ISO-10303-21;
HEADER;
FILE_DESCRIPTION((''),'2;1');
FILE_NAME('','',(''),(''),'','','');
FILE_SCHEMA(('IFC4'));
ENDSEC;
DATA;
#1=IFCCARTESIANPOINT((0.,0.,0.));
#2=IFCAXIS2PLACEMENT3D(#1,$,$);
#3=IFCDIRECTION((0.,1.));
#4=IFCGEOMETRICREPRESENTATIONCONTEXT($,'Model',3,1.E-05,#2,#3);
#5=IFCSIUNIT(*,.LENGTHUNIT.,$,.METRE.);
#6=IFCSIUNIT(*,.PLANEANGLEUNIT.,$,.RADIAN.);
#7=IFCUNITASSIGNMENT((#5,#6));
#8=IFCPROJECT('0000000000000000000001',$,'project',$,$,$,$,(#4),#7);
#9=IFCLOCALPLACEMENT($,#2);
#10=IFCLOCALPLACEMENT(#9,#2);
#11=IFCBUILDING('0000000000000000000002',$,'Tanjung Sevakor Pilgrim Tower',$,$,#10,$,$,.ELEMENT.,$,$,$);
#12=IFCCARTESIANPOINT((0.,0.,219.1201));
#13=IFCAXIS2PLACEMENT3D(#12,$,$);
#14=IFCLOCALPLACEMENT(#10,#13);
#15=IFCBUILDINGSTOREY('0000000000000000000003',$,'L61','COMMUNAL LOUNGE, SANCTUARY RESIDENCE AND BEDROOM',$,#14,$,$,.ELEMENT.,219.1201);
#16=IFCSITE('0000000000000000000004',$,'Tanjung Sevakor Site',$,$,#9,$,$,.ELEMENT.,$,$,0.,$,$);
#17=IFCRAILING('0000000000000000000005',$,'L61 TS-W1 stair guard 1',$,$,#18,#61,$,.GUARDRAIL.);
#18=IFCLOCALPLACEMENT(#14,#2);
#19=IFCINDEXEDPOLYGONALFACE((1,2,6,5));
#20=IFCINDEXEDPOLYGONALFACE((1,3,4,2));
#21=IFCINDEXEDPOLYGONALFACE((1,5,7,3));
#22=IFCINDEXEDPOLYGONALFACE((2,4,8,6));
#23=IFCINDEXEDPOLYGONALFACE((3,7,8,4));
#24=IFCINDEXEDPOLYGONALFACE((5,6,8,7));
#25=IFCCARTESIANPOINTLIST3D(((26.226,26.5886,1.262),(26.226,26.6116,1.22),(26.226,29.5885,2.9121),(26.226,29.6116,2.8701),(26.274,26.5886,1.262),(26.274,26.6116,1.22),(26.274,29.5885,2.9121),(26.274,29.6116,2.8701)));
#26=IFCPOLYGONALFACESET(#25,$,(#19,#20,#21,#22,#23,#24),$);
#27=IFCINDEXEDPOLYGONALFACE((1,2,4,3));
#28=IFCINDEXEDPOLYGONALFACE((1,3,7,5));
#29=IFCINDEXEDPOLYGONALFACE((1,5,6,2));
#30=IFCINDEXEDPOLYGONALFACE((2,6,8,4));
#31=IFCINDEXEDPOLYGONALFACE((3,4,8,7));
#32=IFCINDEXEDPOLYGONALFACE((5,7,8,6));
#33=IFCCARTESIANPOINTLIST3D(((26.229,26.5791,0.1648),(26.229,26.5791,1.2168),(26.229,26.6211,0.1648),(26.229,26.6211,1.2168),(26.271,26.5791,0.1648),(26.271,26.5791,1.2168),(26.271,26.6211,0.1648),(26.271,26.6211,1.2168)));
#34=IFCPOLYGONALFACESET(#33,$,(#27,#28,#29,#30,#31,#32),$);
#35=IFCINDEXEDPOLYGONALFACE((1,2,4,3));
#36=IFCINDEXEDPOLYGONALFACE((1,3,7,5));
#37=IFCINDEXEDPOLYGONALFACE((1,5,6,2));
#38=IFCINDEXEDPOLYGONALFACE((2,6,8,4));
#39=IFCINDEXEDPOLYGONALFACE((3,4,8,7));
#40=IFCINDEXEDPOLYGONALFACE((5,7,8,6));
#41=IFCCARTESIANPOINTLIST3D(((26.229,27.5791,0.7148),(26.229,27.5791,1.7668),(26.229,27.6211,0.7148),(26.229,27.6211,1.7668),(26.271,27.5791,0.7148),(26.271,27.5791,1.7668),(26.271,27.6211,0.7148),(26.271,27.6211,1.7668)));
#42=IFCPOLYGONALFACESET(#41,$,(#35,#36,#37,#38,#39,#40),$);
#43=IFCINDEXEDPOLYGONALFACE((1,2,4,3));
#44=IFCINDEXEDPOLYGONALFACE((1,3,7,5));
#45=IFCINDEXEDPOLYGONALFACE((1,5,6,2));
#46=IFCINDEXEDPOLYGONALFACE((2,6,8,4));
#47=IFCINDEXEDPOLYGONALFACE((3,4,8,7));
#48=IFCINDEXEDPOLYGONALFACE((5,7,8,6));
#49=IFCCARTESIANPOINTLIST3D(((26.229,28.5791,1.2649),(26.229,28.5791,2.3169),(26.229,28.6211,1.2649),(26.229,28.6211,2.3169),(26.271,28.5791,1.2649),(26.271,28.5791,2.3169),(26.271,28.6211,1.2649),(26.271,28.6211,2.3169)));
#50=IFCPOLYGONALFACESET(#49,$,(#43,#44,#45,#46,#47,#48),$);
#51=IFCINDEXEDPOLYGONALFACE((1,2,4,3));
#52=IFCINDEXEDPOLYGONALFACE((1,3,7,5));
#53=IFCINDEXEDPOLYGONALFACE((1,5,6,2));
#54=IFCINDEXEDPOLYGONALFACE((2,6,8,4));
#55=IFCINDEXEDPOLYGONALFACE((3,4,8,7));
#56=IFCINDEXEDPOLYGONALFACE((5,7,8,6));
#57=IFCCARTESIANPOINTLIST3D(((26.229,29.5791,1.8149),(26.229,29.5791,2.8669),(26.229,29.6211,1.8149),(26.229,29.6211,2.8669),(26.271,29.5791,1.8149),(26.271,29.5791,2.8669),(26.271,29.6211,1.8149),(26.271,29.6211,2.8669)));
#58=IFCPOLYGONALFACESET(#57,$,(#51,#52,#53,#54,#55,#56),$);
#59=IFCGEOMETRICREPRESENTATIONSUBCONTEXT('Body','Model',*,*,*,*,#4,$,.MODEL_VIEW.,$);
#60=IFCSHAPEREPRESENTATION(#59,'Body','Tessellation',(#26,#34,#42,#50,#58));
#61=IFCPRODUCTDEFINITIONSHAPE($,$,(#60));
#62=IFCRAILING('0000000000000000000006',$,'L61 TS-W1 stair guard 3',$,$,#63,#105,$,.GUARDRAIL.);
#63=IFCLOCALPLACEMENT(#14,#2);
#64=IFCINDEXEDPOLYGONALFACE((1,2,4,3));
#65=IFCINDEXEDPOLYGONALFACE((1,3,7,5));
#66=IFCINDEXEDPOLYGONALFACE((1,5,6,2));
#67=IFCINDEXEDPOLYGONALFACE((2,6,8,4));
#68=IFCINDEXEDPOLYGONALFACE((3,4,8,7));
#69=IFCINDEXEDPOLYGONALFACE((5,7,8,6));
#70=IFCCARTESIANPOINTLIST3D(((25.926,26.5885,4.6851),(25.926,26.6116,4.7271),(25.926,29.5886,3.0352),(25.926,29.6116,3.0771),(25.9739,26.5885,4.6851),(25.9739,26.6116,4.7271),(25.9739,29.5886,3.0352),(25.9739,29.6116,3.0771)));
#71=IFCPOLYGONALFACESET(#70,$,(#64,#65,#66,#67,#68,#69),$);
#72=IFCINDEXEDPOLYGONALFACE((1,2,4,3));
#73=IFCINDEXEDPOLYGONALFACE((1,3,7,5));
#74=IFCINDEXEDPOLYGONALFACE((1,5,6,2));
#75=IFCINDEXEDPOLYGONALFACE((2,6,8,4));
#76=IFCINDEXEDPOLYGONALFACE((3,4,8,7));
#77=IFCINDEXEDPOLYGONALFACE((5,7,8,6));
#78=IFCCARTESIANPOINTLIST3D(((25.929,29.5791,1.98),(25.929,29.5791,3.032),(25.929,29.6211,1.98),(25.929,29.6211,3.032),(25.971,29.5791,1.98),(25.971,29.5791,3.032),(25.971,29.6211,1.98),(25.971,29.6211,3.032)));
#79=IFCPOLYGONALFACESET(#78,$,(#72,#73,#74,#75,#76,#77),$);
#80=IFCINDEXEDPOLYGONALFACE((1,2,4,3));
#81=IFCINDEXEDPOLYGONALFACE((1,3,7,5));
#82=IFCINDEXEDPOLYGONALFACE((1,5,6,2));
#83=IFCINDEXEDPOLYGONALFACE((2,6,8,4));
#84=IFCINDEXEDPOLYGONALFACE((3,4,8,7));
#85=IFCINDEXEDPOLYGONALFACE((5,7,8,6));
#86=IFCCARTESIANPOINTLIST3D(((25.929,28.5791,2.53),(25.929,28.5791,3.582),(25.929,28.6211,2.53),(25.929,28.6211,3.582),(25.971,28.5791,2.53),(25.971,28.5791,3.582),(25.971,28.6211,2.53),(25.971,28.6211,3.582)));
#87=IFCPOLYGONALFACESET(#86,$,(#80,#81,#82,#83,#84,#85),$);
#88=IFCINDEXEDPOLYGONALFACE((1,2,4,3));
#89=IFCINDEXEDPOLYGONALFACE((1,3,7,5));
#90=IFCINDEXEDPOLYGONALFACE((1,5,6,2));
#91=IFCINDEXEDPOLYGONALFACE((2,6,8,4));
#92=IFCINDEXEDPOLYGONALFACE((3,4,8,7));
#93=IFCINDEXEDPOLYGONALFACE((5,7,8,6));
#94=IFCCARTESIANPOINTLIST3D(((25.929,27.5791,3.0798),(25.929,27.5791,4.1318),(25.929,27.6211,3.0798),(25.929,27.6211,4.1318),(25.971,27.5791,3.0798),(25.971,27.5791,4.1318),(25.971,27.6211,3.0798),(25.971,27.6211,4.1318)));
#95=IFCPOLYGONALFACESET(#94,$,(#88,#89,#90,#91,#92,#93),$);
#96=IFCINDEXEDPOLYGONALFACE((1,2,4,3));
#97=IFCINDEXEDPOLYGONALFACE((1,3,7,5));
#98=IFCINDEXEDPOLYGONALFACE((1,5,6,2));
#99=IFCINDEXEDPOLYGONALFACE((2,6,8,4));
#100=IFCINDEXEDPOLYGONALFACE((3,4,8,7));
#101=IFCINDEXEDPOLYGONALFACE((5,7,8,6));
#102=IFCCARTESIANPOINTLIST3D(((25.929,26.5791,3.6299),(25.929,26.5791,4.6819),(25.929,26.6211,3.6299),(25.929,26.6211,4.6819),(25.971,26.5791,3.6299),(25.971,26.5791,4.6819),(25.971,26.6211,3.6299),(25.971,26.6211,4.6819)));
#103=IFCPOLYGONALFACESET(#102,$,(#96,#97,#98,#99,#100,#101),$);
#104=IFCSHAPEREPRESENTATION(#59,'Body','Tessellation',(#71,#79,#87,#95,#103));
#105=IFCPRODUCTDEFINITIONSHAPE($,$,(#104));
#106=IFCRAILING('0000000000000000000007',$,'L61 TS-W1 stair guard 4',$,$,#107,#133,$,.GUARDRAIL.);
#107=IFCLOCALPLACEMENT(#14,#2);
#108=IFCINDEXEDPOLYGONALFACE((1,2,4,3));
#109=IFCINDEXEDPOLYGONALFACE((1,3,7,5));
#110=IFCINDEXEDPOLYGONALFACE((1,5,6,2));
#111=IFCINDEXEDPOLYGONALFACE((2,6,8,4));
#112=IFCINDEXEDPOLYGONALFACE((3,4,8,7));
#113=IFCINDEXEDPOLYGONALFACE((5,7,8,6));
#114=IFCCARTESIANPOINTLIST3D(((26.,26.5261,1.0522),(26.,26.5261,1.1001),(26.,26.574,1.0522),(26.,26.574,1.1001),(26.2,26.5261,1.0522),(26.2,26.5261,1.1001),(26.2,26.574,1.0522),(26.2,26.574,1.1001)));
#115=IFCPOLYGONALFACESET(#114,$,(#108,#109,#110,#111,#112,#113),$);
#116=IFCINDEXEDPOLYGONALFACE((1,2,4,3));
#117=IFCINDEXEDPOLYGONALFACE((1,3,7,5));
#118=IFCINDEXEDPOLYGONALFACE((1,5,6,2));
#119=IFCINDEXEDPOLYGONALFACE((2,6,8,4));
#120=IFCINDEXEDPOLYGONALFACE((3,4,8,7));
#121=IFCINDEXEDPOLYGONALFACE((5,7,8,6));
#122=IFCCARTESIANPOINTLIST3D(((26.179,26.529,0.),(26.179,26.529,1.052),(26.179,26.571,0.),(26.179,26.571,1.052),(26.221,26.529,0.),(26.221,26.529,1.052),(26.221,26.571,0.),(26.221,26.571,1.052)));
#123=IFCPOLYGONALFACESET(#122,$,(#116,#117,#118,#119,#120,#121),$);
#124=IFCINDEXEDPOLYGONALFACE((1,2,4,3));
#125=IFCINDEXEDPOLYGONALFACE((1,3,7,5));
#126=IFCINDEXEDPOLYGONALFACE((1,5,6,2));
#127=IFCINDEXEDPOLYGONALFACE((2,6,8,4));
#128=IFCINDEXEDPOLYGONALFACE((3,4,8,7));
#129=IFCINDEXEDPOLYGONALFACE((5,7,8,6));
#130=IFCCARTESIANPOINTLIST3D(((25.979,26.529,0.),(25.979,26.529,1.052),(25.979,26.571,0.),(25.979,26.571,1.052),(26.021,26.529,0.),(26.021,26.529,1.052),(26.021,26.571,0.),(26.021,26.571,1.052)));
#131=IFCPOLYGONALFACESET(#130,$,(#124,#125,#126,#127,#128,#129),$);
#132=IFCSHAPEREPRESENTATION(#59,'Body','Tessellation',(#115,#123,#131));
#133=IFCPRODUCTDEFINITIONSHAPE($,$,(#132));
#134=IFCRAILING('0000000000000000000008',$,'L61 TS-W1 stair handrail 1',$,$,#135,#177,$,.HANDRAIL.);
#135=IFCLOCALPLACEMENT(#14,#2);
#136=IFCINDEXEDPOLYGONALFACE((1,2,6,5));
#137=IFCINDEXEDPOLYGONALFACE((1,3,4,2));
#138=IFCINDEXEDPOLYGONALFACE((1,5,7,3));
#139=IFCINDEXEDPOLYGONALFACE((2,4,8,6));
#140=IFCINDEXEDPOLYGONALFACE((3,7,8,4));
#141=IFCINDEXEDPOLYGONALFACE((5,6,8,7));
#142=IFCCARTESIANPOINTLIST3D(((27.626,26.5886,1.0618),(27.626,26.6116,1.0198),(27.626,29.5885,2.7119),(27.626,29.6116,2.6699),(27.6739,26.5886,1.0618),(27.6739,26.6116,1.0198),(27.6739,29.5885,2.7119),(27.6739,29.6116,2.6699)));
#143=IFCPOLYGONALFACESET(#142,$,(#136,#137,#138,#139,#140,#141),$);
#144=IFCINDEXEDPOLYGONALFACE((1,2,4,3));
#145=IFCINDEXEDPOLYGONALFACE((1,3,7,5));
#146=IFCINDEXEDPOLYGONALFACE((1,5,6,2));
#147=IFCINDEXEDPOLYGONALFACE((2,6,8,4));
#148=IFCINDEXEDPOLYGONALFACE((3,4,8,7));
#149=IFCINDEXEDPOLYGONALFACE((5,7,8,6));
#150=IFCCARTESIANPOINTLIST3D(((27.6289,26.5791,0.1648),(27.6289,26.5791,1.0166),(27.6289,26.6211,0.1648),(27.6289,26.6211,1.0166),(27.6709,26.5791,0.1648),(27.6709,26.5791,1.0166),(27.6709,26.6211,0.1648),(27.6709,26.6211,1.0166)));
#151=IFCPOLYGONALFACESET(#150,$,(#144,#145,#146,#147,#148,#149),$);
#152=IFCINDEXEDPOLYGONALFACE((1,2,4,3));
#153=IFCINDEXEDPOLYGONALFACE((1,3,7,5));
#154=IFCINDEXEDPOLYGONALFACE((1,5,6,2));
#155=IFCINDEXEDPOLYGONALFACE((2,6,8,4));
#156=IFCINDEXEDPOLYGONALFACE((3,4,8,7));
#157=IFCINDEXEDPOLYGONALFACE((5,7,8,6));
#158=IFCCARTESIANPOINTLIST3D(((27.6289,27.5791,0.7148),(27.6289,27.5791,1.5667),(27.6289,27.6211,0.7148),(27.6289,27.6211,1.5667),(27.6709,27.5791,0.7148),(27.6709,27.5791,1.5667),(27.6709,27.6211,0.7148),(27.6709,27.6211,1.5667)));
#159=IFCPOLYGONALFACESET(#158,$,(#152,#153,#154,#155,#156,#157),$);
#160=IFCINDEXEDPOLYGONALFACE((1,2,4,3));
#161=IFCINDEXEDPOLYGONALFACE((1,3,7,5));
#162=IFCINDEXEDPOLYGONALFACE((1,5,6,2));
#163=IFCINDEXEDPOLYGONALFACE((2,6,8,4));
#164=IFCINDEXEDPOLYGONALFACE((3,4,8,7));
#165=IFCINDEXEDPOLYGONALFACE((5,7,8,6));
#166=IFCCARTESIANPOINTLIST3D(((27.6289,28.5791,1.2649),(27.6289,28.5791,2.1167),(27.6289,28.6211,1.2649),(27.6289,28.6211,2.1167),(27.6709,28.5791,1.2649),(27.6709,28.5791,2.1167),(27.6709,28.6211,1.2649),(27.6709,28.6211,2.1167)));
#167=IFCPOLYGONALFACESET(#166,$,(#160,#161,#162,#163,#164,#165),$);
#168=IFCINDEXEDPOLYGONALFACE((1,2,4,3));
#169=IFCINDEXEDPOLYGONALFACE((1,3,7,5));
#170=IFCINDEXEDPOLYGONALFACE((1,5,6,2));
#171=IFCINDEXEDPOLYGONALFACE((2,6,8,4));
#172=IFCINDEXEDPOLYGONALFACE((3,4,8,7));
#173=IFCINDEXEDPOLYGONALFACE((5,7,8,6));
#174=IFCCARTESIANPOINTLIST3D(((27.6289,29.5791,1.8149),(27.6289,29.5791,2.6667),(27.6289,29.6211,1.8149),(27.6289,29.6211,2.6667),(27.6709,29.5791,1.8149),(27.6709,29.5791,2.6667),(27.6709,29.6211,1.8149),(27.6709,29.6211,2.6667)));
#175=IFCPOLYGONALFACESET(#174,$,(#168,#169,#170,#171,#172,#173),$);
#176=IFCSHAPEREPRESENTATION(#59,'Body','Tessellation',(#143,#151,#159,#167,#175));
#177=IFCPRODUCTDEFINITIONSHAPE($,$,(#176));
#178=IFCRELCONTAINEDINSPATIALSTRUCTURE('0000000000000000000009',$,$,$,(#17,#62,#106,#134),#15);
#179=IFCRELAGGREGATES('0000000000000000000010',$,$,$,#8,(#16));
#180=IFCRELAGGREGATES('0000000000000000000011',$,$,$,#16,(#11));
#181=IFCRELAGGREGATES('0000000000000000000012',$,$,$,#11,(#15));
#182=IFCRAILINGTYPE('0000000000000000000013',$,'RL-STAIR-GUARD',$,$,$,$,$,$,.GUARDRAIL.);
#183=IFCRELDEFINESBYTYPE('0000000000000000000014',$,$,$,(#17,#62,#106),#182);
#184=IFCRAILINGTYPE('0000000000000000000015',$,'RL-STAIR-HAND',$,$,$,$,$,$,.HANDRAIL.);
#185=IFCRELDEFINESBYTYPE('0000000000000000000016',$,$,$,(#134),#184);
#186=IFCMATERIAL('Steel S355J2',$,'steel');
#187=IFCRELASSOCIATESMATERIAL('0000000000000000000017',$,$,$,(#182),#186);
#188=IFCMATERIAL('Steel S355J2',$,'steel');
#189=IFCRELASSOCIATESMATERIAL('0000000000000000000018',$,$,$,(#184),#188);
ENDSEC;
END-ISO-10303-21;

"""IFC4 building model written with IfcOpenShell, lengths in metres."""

from ifc_helpers import new_model, si_unit, direction, frame, origin, place, context, subcontext, project, spatial, rectangle, extrude, material, type_object, element, save


model = new_model("IFC4")

# Units and contexts
model_context = context("Model", 3, precision=1e-05, world=origin(), true_north=direction((0.0, 1.0)))
body_context = subcontext(model_context, "Body", "Model", "MODEL_VIEW")
ifc_project = project(units=[si_unit("LENGTHUNIT", "METRE"), si_unit("PLANEANGLEUNIT", "RADIAN")], contexts=[model_context])

# Site, building, storey
site_placement = place(None, origin())
site = spatial("IfcSite", under=ifc_project, at=site_placement, Name="Tanjung Sevakor Site", CompositionType="ELEMENT", RefElevation=0.0)
building_placement = place(site_placement, origin())
building = spatial("IfcBuilding", under=site, at=building_placement, Name="Tanjung Sevakor Pilgrim Tower", CompositionType="ELEMENT")
storey_placement = place(building_placement, frame((0.0, 0.0, 219.1201)))
storey = spatial("IfcBuildingStorey", under=building, at=storey_placement, Name="L61", Description="COMMUNAL LOUNGE, SANCTUARY RESIDENCE AND BEDROOM", CompositionType="ELEMENT", Elevation=219.1201)

# Railings
ifc_material_1 = material(Name="Steel S355J2", Category="steel")
railing_type_1 = type_object("IfcRailingType", Name="RL-STAIR-GUARD", PredefinedType="GUARDRAIL", material=ifc_material_1)
railing_1_placement = place(storey_placement, frame((26.25, 26.6001, 0.1648)))
element("IfcRailing", 1, at=railing_1_placement, inside=storey, type_object=railing_type_1, Name="L61 TS-W1 stair guard 1", PredefinedType="GUARDRAIL", context=body_context, shape_type="SweptSolid", body=[
    extrude(rectangle(XDim=0.0479, YDim=0.0479), frame((0.0, 0.0, 1.0762), z_axis=(0.0, 0.876198, 0.481952), x_axis=(-1.0, 0.0, 0.0)), (0.0, 0.0, 1.0), 3.4238),
    extrude(rectangle(XDim=0.042, YDim=0.042), origin(), (0.0, 0.0, 1.0), 1.052),
    extrude(rectangle(XDim=0.042, YDim=0.042), frame((0.0, 1.0, 0.55)), (0.0, 0.0, 1.0), 1.052),
    extrude(rectangle(XDim=0.042, YDim=0.042), frame((0.0, 2.0, 1.1001)), (0.0, 0.0, 1.0), 1.052),
    extrude(rectangle(XDim=0.042, YDim=0.042), frame((0.0, 3.0, 1.6501)), (0.0, 0.0, 1.0), 1.052),
])
railing_2_placement = place(storey_placement, frame((25.95, 29.6001, 1.98)))
element("IfcRailing", 2, at=railing_2_placement, inside=storey, type_object=railing_type_1, Name="L61 TS-W1 stair guard 3", PredefinedType="GUARDRAIL", context=body_context, shape_type="SweptSolid", body=[
    extrude(rectangle(XDim=0.0479, YDim=0.0479), frame((0.0, 0.0, 1.0762), z_axis=(0.0, -0.876228, 0.481897), x_axis=(1.0, 0.0, 0.0)), (0.0, 0.0, 1.0), 3.4238),
    extrude(rectangle(XDim=0.042, YDim=0.042), origin(), (0.0, 0.0, 1.0), 1.052),
    extrude(rectangle(XDim=0.042, YDim=0.042), frame((0.0, -1.0, 0.55)), (0.0, 0.0, 1.0), 1.052),
    extrude(rectangle(XDim=0.042, YDim=0.042), frame((0.0, -2.0, 1.0999)), (0.0, 0.0, 1.0), 1.052),
    extrude(rectangle(XDim=0.042, YDim=0.042), frame((0.0, -3.0, 1.6499)), (0.0, 0.0, 1.0), 1.052),
])
railing_3_placement = place(storey_placement, frame((26.2, 26.55, 0.0)))
element("IfcRailing", 3, at=railing_3_placement, inside=storey, type_object=railing_type_1, Name="L61 TS-W1 stair guard 4", PredefinedType="GUARDRAIL", context=body_context, shape_type="SweptSolid", body=[
    extrude(rectangle(XDim=0.0479, YDim=0.0479), frame((0.0, 0.0, 1.0762), z_axis=(-1.0, 0.0, 0.0), x_axis=(0.0, -1.0, 0.0)), (0.0, 0.0, 1.0), 0.2),
    extrude(rectangle(XDim=0.042, YDim=0.042), origin(), (0.0, 0.0, 1.0), 1.052),
    extrude(rectangle(XDim=0.042, YDim=0.042), frame((-0.2, 0.0, 0.0)), (0.0, 0.0, 1.0), 1.052),
])
ifc_material_2 = material(Name="Steel S355J2", Category="steel")
railing_type_2 = type_object("IfcRailingType", Name="RL-STAIR-HAND", PredefinedType="HANDRAIL", material=ifc_material_2)
railing_4_placement = place(storey_placement, frame((27.6499, 26.6001, 0.1648)))
element("IfcRailing", 4, at=railing_4_placement, inside=storey, type_object=railing_type_2, Name="L61 TS-W1 stair handrail 1", PredefinedType="HANDRAIL", context=body_context, shape_type="SweptSolid", body=[
    extrude(rectangle(XDim=0.0479, YDim=0.0479), frame((0.0, 0.0, 0.876), z_axis=(0.0, 0.876198, 0.481952), x_axis=(-1.0, 0.0, 0.0)), (0.0, 0.0, 1.0), 3.4238),
    extrude(rectangle(XDim=0.042, YDim=0.042), origin(), (0.0, 0.0, 1.0), 0.8518),
    extrude(rectangle(XDim=0.042, YDim=0.042), frame((0.0, 1.0, 0.55)), (0.0, 0.0, 1.0), 0.8518),
    extrude(rectangle(XDim=0.042, YDim=0.042), frame((0.0, 2.0, 1.1001)), (0.0, 0.0, 1.0), 0.8518),
    extrude(rectangle(XDim=0.042, YDim=0.042), frame((0.0, 3.0, 1.6501)), (0.0, 0.0, 1.0), 0.8518),
])

save(model, "model.ifc")
